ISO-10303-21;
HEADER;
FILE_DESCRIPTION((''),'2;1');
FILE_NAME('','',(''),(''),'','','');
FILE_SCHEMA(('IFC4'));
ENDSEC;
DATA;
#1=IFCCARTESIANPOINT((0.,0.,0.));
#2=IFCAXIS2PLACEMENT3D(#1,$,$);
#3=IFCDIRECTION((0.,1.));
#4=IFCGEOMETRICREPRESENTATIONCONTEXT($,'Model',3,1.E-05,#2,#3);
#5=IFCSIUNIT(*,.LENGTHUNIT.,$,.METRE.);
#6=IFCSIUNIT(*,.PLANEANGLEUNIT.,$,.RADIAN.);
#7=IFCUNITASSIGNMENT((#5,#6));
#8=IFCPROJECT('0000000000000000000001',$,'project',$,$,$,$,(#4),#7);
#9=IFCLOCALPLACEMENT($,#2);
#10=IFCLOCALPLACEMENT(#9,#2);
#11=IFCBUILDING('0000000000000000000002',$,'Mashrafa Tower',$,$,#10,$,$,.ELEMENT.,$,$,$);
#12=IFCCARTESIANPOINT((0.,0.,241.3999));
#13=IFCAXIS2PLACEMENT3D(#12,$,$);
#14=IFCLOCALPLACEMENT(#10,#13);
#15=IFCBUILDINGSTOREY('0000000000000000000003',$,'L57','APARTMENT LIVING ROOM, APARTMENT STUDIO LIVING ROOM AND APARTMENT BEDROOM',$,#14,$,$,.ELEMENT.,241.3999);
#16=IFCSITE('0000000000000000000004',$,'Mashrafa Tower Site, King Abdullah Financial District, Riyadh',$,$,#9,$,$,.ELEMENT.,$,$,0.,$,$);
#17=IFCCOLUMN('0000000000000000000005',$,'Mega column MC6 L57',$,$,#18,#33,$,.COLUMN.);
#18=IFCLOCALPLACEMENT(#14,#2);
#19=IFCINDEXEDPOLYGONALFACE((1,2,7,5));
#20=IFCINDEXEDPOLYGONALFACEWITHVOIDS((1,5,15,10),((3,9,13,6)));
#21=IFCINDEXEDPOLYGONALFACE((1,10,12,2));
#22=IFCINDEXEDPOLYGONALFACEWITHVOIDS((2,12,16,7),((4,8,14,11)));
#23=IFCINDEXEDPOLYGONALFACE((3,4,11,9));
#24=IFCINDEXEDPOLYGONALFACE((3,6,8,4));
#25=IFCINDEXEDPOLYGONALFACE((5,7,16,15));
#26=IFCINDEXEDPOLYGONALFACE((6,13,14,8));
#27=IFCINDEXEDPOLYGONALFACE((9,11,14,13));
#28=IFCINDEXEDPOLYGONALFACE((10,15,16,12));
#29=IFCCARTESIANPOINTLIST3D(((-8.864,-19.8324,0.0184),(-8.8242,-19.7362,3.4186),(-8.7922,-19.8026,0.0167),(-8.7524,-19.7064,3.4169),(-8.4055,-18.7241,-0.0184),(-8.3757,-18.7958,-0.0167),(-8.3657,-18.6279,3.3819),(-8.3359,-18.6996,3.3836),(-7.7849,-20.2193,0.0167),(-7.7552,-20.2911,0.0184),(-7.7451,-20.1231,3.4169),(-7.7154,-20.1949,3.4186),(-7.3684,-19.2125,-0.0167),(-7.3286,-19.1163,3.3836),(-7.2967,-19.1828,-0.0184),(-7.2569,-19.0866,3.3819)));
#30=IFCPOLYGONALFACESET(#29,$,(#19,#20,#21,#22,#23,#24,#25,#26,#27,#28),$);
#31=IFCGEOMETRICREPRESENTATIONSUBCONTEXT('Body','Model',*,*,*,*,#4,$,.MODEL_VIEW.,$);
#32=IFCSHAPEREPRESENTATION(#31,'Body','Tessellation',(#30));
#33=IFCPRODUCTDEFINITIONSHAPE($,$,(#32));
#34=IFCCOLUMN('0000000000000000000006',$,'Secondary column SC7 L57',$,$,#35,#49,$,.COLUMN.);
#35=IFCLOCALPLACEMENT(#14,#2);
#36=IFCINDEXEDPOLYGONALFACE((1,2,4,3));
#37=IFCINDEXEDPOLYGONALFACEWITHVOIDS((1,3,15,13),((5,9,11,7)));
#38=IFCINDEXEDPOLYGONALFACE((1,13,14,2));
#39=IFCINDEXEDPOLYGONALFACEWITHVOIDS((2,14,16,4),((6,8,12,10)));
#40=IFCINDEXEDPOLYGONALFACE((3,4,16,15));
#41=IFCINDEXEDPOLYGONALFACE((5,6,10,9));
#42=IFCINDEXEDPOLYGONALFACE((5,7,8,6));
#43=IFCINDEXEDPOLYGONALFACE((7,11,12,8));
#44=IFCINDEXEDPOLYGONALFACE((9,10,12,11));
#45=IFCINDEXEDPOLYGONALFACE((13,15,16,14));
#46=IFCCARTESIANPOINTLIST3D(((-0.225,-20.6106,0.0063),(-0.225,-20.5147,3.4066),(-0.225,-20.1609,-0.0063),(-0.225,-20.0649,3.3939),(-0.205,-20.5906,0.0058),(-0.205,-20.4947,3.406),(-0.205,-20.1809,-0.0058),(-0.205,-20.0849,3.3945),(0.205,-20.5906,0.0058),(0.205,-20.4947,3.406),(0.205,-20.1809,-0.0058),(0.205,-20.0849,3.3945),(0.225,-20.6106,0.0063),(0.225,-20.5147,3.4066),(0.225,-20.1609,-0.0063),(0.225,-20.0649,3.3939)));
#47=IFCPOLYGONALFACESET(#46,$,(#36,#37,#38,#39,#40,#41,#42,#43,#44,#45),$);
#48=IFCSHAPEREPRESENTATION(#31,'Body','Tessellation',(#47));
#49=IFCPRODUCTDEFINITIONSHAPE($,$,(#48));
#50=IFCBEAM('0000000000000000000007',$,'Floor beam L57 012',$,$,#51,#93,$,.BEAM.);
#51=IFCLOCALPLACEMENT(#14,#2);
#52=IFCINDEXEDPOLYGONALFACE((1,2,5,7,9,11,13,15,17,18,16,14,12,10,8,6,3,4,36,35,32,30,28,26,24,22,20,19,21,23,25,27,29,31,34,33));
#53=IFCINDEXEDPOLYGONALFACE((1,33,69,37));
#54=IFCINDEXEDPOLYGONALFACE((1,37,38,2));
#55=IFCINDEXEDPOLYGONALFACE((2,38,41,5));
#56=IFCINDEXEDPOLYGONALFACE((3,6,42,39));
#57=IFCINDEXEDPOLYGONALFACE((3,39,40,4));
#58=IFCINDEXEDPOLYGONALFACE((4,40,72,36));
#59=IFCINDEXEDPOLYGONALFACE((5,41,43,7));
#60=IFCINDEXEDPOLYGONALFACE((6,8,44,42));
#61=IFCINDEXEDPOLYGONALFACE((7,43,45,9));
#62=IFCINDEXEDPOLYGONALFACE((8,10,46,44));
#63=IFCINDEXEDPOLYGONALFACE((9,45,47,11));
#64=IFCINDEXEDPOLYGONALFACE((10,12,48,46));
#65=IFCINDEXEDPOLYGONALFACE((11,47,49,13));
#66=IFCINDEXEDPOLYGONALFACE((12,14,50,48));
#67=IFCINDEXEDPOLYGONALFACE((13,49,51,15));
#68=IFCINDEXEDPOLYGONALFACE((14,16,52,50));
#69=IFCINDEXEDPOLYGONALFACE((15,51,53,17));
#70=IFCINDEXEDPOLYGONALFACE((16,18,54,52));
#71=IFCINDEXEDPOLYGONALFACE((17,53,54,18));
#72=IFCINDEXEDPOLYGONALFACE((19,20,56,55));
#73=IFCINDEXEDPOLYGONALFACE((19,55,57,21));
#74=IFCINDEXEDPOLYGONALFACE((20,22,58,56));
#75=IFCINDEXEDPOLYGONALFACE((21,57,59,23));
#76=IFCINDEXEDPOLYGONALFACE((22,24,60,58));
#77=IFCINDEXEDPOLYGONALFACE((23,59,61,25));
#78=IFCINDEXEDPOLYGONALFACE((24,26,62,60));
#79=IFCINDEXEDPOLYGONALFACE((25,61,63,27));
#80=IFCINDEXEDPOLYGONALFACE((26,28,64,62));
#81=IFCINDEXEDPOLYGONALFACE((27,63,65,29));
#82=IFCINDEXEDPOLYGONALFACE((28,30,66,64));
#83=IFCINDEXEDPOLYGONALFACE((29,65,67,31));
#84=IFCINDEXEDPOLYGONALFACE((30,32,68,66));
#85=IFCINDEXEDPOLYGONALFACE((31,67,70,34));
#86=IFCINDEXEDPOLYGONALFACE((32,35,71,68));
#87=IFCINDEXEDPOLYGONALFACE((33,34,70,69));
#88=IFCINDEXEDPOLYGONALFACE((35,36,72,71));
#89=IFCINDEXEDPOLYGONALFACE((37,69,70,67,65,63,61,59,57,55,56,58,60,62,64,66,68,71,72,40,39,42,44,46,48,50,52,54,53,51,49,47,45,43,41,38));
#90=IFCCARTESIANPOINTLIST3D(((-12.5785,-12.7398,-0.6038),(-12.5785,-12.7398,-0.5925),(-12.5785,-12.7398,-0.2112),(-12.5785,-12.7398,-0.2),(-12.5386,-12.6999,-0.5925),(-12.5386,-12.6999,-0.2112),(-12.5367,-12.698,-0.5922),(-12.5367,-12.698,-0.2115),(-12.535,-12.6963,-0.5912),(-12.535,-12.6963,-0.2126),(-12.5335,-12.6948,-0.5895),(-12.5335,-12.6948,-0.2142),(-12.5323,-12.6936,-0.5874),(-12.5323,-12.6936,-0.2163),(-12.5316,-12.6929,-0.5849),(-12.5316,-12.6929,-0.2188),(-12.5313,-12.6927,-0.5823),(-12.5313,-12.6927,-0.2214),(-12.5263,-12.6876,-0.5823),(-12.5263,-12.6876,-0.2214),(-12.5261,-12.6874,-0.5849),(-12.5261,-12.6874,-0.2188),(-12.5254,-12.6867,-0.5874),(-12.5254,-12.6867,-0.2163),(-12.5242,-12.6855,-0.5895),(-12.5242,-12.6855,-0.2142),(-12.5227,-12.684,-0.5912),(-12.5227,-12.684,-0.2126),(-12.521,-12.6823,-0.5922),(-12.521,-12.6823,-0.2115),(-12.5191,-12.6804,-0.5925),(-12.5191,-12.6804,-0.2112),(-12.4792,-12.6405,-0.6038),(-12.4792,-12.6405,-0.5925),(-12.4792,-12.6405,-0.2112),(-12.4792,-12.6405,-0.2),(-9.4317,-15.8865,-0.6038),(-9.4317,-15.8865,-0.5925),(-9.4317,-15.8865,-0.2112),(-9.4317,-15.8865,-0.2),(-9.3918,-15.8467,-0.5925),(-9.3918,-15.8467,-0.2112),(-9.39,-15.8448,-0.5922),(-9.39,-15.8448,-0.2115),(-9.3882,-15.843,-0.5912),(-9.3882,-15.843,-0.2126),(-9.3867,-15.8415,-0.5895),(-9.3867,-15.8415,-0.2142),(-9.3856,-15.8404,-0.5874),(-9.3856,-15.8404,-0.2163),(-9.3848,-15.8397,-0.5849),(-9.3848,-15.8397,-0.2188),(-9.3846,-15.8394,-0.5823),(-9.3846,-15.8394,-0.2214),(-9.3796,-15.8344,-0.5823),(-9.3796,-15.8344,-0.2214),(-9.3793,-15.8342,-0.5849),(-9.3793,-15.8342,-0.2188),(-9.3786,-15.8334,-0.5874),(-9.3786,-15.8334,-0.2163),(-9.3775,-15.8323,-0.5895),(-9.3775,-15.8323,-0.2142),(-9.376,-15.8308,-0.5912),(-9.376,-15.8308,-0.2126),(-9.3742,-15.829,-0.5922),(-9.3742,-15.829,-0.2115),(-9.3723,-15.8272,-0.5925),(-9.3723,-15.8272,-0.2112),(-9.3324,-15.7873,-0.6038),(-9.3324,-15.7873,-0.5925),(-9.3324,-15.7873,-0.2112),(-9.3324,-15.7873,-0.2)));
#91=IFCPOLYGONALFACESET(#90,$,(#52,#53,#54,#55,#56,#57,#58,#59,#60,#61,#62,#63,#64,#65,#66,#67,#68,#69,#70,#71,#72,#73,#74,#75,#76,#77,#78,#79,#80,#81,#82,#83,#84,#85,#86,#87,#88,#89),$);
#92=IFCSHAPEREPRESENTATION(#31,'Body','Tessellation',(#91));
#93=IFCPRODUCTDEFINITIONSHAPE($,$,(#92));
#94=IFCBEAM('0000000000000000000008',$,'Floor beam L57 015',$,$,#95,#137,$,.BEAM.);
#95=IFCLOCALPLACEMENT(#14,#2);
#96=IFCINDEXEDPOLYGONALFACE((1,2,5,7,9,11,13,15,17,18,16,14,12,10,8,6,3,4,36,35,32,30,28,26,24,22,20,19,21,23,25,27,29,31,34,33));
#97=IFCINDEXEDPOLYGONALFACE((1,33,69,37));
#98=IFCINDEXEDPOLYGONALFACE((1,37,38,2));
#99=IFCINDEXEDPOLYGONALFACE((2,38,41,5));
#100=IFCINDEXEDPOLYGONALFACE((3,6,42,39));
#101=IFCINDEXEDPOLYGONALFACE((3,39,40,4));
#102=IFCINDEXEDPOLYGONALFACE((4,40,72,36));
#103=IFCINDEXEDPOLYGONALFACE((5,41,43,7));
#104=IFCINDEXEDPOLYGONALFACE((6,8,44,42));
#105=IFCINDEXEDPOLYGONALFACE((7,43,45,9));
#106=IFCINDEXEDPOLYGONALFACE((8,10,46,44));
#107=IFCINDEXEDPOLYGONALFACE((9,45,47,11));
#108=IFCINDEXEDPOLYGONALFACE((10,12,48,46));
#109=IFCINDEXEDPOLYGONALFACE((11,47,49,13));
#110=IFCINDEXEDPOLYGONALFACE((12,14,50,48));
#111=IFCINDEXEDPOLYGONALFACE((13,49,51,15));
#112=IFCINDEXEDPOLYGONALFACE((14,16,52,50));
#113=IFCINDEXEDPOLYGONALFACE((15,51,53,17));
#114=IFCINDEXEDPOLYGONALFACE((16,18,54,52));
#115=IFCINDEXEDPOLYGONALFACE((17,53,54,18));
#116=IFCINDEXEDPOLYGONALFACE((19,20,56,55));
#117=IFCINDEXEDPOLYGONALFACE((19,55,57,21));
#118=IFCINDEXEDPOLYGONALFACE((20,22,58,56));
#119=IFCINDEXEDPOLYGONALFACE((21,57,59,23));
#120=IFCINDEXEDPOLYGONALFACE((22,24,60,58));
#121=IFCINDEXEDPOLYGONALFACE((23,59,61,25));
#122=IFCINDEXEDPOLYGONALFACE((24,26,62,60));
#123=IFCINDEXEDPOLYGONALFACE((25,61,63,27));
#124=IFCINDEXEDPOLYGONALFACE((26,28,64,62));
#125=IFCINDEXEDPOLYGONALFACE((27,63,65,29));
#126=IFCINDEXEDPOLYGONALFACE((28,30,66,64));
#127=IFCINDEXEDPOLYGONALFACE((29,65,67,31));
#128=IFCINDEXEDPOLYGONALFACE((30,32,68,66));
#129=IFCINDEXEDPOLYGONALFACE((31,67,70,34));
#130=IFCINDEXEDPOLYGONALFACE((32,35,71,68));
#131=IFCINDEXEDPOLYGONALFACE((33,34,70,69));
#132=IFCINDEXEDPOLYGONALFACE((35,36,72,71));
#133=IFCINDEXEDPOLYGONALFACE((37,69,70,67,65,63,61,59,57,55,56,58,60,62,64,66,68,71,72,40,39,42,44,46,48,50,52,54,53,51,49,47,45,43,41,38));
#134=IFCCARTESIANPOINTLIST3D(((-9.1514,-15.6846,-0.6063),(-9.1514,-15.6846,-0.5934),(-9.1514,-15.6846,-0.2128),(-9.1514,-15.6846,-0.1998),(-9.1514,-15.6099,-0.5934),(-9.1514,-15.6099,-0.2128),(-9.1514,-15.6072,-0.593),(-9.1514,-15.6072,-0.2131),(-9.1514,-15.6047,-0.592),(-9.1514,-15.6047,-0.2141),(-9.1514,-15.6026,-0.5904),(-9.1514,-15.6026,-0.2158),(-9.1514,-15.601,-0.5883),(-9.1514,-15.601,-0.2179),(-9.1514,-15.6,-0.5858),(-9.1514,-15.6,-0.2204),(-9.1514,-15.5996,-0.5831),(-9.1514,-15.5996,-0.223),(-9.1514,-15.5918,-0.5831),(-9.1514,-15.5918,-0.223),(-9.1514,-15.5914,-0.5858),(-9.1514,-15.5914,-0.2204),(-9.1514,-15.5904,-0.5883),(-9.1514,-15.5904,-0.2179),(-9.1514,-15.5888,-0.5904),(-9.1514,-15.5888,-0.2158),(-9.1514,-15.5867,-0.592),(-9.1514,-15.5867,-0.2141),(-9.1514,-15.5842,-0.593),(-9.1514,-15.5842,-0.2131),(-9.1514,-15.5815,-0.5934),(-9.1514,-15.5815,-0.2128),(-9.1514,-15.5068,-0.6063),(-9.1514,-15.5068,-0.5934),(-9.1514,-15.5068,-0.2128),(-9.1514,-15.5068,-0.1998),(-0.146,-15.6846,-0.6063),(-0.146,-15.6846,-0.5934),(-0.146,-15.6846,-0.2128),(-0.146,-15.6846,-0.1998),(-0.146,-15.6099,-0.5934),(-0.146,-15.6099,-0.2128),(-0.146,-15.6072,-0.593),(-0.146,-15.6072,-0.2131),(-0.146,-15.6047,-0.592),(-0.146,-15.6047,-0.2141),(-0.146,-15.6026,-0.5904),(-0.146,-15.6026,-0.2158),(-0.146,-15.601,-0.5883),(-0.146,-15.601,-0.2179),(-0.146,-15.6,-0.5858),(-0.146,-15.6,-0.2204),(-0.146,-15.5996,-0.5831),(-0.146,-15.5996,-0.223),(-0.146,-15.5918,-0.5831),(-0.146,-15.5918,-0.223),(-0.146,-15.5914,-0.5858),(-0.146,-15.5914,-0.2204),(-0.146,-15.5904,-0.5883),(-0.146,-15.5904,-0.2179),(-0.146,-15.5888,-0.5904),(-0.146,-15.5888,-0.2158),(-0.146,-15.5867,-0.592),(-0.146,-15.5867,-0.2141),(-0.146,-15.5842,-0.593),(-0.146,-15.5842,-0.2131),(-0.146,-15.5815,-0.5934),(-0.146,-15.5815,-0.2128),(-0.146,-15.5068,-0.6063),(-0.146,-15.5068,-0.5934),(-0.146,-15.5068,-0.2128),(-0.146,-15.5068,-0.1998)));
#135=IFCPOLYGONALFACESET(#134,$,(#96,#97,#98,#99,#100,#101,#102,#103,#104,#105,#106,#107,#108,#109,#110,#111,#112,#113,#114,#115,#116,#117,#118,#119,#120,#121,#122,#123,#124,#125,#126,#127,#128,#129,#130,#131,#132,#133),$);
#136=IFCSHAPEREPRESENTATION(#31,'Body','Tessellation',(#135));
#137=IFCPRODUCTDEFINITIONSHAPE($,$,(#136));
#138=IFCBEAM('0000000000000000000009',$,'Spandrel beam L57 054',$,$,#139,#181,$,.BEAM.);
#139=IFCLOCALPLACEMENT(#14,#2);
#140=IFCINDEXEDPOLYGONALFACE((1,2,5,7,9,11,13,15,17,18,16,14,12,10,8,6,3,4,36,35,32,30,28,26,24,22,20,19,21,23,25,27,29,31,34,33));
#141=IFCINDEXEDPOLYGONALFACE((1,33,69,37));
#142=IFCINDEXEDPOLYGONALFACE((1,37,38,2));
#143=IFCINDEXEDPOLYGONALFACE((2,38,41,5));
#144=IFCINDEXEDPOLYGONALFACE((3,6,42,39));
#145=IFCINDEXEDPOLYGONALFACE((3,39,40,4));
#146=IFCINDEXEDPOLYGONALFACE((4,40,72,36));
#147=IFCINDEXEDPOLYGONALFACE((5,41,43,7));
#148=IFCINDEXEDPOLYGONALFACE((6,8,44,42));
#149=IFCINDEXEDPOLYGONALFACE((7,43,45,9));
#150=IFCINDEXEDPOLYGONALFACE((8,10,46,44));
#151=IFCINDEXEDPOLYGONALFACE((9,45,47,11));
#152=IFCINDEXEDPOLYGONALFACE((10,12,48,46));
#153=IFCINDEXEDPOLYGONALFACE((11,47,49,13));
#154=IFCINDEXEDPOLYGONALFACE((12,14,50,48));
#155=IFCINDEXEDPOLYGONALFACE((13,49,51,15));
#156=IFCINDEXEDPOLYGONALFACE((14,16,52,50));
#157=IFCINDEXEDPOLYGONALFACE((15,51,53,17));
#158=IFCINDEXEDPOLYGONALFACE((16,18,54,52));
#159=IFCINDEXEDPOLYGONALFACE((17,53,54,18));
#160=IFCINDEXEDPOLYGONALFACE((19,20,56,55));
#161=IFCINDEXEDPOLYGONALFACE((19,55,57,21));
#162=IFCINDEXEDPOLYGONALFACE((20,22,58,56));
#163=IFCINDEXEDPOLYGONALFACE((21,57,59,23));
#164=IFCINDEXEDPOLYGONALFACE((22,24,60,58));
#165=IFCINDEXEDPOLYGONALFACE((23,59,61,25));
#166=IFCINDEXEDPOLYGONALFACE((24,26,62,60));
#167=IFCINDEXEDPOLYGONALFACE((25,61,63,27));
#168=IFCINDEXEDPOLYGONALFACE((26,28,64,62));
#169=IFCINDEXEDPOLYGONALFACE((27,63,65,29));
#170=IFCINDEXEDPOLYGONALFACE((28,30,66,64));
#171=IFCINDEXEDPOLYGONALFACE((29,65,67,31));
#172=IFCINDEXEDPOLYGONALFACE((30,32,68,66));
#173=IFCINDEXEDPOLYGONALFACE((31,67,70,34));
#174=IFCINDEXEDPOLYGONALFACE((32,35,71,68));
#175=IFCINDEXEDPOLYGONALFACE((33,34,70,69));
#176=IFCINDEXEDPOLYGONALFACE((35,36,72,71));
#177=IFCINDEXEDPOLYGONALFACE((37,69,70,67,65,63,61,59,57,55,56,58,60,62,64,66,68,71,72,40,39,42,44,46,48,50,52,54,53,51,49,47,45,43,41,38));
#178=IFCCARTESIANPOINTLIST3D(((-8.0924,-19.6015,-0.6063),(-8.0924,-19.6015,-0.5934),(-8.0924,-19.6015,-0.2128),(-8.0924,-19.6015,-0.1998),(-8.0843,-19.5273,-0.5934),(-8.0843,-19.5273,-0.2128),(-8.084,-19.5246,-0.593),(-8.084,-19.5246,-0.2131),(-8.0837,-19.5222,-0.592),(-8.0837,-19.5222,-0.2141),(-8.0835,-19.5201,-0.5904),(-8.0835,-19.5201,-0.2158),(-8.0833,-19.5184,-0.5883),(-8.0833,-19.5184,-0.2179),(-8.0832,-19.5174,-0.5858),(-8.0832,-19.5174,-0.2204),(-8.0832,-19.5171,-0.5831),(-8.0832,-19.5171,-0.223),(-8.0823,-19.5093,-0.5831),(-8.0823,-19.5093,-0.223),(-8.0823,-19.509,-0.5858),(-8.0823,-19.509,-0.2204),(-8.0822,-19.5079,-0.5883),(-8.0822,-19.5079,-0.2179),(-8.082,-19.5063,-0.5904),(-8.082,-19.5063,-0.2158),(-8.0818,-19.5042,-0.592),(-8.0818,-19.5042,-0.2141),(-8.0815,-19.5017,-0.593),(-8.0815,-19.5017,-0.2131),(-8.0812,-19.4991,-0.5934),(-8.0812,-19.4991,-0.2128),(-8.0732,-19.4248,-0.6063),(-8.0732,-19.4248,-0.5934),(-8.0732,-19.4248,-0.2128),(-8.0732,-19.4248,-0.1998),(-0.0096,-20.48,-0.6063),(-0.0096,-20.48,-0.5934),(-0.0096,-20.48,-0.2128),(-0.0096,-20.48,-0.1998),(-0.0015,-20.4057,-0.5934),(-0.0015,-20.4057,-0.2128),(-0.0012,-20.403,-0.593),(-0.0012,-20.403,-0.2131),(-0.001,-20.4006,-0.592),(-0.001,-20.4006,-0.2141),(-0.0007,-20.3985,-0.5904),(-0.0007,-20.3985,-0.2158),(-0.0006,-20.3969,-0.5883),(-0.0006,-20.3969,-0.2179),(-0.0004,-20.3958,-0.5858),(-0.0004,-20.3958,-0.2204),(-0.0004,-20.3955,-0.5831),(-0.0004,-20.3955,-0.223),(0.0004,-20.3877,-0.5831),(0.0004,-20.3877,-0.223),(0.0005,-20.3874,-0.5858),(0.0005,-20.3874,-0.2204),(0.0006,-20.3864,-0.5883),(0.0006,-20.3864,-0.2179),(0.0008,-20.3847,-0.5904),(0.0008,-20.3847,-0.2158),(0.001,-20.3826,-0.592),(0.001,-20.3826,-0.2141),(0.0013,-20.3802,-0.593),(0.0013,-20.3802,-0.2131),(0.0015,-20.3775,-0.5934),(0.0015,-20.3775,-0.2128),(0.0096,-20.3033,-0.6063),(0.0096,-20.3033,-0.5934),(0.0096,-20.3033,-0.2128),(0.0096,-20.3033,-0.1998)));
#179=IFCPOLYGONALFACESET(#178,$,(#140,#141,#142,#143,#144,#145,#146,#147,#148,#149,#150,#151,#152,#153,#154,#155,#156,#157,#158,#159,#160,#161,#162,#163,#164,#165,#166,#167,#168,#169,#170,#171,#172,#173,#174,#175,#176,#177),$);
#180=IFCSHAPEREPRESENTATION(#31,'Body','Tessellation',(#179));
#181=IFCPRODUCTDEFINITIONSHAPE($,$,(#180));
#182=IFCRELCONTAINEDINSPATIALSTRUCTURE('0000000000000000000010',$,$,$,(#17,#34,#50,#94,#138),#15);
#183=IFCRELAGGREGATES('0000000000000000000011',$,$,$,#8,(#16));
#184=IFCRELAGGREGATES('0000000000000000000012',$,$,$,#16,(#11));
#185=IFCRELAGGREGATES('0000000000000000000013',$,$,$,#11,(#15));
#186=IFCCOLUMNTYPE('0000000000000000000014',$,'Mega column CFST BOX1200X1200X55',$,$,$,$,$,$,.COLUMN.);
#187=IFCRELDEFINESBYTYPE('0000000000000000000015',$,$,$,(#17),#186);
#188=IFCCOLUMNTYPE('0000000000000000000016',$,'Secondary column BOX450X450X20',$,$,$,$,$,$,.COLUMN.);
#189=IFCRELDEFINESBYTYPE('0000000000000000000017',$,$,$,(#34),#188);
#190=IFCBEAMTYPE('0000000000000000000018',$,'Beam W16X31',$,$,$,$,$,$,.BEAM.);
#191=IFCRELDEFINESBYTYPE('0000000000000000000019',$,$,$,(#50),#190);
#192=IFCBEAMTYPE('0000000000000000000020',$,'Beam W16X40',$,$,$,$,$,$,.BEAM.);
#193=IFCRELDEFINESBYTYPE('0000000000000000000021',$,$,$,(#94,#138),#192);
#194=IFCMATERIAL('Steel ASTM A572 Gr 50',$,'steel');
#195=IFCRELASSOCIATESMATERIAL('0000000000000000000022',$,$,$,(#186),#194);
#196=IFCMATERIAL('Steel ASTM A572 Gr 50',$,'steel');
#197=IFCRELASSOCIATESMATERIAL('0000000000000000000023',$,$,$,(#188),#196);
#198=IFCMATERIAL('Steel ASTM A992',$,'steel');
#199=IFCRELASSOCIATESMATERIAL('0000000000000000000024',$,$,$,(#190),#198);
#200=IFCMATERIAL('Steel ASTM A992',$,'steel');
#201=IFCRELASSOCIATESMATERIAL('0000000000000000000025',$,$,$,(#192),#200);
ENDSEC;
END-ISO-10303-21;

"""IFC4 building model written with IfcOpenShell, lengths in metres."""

from ifc_helpers import new_model, si_unit, direction, frame, origin, origin_2d, place, context, subcontext, project, spatial, hollow_rectangle, i_section, extrude, material, material_profile, profile_set, type_object, element, save


model = new_model("IFC4")

# Units and contexts
model_context = context("Model", 3, precision=1e-05, world=origin(), true_north=direction((0.0, 1.0)))
body_context = subcontext(model_context, "Body", "Model", "MODEL_VIEW")
ifc_project = project(units=[si_unit("LENGTHUNIT", "METRE"), si_unit("PLANEANGLEUNIT", "RADIAN")], contexts=[model_context])

# Site, building, storey
site_placement = place(None, origin())
site = spatial("IfcSite", under=ifc_project, at=site_placement, Name="Mashrafa Tower Site, King Abdullah Financial District, Riyadh", CompositionType="ELEMENT", RefElevation=0.0)
building_placement = place(site_placement, origin())
building = spatial("IfcBuilding", under=site, at=building_placement, Name="Mashrafa Tower", CompositionType="ELEMENT")
storey_placement = place(building_placement, frame((0.0, 0.0, 241.3999)))
storey = spatial("IfcBuildingStorey", under=building, at=storey_placement, Name="L57", Description="APARTMENT LIVING ROOM, APARTMENT STUDIO LIVING ROOM AND APARTMENT BEDROOM", CompositionType="ELEMENT", Elevation=241.3999)

# Columns
ifc_material_1 = material(Name="Steel ASTM A572 Gr 50", Category="steel")
ifc_material_profile_1 = material_profile(ifc_material_1, hollow_rectangle(XDim=1.2, YDim=1.2, WallThickness=0.0549, at=origin_2d()), Name="BOX1200X1200X55")
ifc_profile_set_1 = profile_set([ifc_material_profile_1], Name="Steel ASTM A572 Gr 50")
column_type_1 = type_object("IfcColumnType", Name="Mega column CFST BOX1200X1200X55", PredefinedType="COLUMN", material=ifc_profile_set_1)
column_1_placement = place(storey_placement, frame((-8.0803, -19.5076, 0.0), z_axis=(0.011698, 0.028277, 0.999532), x_axis=(-0.924045, 0.382283, 0.0)))
element("IfcColumn", 1, at=column_1_placement, inside=storey, type_object=column_type_1, Name="Mega column MC6 L57", PredefinedType="COLUMN", context=body_context, shape_type="SweptSolid", body=[
    extrude(hollow_rectangle(XDim=1.2, YDim=1.2, WallThickness=0.0549, at=origin_2d()), origin(), (0.0, 0.0, 1.0), 3.4019),
])
ifc_material_2 = material(Name="Steel ASTM A572 Gr 50", Category="steel")
ifc_material_profile_2 = material_profile(ifc_material_2, hollow_rectangle(XDim=0.45, YDim=0.45, WallThickness=0.02, at=origin_2d()), Name="BOX450X450X20")
ifc_profile_set_2 = profile_set([ifc_material_profile_2], Name="Steel ASTM A572 Gr 50")
column_type_2 = type_object("IfcColumnType", Name="Secondary column BOX450X450X20", PredefinedType="COLUMN", material=ifc_profile_set_2)
column_2_placement = place(storey_placement, frame((0.0, -20.3857, 0.0), z_axis=(0.0, 0.028207, 0.999602), x_axis=(-1.0, 0.0, 0.0)))
element("IfcColumn", 2, at=column_2_placement, inside=storey, type_object=column_type_2, Name="Secondary column SC7 L57", PredefinedType="COLUMN", context=body_context, shape_type="SweptSolid", body=[
    extrude(hollow_rectangle(XDim=0.45, YDim=0.45, WallThickness=0.02, at=origin_2d()), origin(), (0.0, 0.0, 1.0), 3.4016),
])

# Beams
ifc_material_3 = material(Name="Steel ASTM A992", Category="steel")
ifc_material_profile_3 = material_profile(ifc_material_3, i_section(OverallWidth=0.1404, OverallDepth=0.4038, WebThickness=0.0071, FlangeThickness=0.0112, FilletRadius=0.0103, at=origin_2d()), Name="W16X31")
ifc_profile_set_3 = profile_set([ifc_material_profile_3], Name="Steel ASTM A992")
beam_type_1 = type_object("IfcBeamType", Name="Beam W16X31", PredefinedType="BEAM", material=ifc_profile_set_3)
beam_1_placement = place(storey_placement, frame((-9.3821, -15.8369, -0.4019), z_axis=(-0.707107, 0.707107, 0.0), x_axis=(-0.707107, -0.707107, 0.0)))
element("IfcBeam", 3, at=beam_1_placement, inside=storey, type_object=beam_type_1, Name="Floor beam L57 012", PredefinedType="BEAM", context=body_context, shape_type="SweptSolid", body=[
    extrude(i_section(OverallWidth=0.1404, OverallDepth=0.4038, WebThickness=0.0071, FlangeThickness=0.0112, FilletRadius=0.0103, at=origin_2d()), origin(), (0.0, 0.0, 1.0), 4.4502),
])
ifc_material_4 = material(Name="Steel ASTM A992", Category="steel")
ifc_material_profile_4 = material_profile(ifc_material_4, i_section(OverallWidth=0.1777, OverallDepth=0.4065, WebThickness=0.0078, FlangeThickness=0.0129, FilletRadius=0.0103, at=origin_2d()), Name="W16X40")
ifc_profile_set_4 = profile_set([ifc_material_profile_4], Name="Steel ASTM A992")
beam_type_2 = type_object("IfcBeamType", Name="Beam W16X40", PredefinedType="BEAM", material=ifc_profile_set_4)
beam_2_placement = place(storey_placement, frame((-0.146, -15.5957, -0.4031), z_axis=(-1.0, 0.0, 0.0), x_axis=(0.0, -1.0, 0.0)))
element("IfcBeam", 4, at=beam_2_placement, inside=storey, type_object=beam_type_2, Name="Floor beam L57 015", PredefinedType="BEAM", context=body_context, shape_type="SweptSolid", body=[
    extrude(i_section(OverallWidth=0.1777, OverallDepth=0.4065, WebThickness=0.0078, FlangeThickness=0.0129, FilletRadius=0.0103, at=origin_2d()), origin(), (0.0, 0.0, 1.0), 9.0054),
])
beam_3_placement = place(storey_placement, frame((-8.0828, -19.5132, -0.4031), z_axis=(0.994146, -0.108042, 0.0), x_axis=(0.108042, 0.994146, 0.0)))
element("IfcBeam", 5, at=beam_3_placement, inside=storey, type_object=beam_type_2, Name="Spandrel beam L57 054", PredefinedType="BEAM", context=body_context, shape_type="SweptSolid", body=[
    extrude(i_section(OverallWidth=0.1777, OverallDepth=0.4065, WebThickness=0.0078, FlangeThickness=0.0129, FilletRadius=0.0103, at=origin_2d()), origin(), (0.0, 0.0, 1.0), 8.1304),
])

save(model, "model.ifc")
